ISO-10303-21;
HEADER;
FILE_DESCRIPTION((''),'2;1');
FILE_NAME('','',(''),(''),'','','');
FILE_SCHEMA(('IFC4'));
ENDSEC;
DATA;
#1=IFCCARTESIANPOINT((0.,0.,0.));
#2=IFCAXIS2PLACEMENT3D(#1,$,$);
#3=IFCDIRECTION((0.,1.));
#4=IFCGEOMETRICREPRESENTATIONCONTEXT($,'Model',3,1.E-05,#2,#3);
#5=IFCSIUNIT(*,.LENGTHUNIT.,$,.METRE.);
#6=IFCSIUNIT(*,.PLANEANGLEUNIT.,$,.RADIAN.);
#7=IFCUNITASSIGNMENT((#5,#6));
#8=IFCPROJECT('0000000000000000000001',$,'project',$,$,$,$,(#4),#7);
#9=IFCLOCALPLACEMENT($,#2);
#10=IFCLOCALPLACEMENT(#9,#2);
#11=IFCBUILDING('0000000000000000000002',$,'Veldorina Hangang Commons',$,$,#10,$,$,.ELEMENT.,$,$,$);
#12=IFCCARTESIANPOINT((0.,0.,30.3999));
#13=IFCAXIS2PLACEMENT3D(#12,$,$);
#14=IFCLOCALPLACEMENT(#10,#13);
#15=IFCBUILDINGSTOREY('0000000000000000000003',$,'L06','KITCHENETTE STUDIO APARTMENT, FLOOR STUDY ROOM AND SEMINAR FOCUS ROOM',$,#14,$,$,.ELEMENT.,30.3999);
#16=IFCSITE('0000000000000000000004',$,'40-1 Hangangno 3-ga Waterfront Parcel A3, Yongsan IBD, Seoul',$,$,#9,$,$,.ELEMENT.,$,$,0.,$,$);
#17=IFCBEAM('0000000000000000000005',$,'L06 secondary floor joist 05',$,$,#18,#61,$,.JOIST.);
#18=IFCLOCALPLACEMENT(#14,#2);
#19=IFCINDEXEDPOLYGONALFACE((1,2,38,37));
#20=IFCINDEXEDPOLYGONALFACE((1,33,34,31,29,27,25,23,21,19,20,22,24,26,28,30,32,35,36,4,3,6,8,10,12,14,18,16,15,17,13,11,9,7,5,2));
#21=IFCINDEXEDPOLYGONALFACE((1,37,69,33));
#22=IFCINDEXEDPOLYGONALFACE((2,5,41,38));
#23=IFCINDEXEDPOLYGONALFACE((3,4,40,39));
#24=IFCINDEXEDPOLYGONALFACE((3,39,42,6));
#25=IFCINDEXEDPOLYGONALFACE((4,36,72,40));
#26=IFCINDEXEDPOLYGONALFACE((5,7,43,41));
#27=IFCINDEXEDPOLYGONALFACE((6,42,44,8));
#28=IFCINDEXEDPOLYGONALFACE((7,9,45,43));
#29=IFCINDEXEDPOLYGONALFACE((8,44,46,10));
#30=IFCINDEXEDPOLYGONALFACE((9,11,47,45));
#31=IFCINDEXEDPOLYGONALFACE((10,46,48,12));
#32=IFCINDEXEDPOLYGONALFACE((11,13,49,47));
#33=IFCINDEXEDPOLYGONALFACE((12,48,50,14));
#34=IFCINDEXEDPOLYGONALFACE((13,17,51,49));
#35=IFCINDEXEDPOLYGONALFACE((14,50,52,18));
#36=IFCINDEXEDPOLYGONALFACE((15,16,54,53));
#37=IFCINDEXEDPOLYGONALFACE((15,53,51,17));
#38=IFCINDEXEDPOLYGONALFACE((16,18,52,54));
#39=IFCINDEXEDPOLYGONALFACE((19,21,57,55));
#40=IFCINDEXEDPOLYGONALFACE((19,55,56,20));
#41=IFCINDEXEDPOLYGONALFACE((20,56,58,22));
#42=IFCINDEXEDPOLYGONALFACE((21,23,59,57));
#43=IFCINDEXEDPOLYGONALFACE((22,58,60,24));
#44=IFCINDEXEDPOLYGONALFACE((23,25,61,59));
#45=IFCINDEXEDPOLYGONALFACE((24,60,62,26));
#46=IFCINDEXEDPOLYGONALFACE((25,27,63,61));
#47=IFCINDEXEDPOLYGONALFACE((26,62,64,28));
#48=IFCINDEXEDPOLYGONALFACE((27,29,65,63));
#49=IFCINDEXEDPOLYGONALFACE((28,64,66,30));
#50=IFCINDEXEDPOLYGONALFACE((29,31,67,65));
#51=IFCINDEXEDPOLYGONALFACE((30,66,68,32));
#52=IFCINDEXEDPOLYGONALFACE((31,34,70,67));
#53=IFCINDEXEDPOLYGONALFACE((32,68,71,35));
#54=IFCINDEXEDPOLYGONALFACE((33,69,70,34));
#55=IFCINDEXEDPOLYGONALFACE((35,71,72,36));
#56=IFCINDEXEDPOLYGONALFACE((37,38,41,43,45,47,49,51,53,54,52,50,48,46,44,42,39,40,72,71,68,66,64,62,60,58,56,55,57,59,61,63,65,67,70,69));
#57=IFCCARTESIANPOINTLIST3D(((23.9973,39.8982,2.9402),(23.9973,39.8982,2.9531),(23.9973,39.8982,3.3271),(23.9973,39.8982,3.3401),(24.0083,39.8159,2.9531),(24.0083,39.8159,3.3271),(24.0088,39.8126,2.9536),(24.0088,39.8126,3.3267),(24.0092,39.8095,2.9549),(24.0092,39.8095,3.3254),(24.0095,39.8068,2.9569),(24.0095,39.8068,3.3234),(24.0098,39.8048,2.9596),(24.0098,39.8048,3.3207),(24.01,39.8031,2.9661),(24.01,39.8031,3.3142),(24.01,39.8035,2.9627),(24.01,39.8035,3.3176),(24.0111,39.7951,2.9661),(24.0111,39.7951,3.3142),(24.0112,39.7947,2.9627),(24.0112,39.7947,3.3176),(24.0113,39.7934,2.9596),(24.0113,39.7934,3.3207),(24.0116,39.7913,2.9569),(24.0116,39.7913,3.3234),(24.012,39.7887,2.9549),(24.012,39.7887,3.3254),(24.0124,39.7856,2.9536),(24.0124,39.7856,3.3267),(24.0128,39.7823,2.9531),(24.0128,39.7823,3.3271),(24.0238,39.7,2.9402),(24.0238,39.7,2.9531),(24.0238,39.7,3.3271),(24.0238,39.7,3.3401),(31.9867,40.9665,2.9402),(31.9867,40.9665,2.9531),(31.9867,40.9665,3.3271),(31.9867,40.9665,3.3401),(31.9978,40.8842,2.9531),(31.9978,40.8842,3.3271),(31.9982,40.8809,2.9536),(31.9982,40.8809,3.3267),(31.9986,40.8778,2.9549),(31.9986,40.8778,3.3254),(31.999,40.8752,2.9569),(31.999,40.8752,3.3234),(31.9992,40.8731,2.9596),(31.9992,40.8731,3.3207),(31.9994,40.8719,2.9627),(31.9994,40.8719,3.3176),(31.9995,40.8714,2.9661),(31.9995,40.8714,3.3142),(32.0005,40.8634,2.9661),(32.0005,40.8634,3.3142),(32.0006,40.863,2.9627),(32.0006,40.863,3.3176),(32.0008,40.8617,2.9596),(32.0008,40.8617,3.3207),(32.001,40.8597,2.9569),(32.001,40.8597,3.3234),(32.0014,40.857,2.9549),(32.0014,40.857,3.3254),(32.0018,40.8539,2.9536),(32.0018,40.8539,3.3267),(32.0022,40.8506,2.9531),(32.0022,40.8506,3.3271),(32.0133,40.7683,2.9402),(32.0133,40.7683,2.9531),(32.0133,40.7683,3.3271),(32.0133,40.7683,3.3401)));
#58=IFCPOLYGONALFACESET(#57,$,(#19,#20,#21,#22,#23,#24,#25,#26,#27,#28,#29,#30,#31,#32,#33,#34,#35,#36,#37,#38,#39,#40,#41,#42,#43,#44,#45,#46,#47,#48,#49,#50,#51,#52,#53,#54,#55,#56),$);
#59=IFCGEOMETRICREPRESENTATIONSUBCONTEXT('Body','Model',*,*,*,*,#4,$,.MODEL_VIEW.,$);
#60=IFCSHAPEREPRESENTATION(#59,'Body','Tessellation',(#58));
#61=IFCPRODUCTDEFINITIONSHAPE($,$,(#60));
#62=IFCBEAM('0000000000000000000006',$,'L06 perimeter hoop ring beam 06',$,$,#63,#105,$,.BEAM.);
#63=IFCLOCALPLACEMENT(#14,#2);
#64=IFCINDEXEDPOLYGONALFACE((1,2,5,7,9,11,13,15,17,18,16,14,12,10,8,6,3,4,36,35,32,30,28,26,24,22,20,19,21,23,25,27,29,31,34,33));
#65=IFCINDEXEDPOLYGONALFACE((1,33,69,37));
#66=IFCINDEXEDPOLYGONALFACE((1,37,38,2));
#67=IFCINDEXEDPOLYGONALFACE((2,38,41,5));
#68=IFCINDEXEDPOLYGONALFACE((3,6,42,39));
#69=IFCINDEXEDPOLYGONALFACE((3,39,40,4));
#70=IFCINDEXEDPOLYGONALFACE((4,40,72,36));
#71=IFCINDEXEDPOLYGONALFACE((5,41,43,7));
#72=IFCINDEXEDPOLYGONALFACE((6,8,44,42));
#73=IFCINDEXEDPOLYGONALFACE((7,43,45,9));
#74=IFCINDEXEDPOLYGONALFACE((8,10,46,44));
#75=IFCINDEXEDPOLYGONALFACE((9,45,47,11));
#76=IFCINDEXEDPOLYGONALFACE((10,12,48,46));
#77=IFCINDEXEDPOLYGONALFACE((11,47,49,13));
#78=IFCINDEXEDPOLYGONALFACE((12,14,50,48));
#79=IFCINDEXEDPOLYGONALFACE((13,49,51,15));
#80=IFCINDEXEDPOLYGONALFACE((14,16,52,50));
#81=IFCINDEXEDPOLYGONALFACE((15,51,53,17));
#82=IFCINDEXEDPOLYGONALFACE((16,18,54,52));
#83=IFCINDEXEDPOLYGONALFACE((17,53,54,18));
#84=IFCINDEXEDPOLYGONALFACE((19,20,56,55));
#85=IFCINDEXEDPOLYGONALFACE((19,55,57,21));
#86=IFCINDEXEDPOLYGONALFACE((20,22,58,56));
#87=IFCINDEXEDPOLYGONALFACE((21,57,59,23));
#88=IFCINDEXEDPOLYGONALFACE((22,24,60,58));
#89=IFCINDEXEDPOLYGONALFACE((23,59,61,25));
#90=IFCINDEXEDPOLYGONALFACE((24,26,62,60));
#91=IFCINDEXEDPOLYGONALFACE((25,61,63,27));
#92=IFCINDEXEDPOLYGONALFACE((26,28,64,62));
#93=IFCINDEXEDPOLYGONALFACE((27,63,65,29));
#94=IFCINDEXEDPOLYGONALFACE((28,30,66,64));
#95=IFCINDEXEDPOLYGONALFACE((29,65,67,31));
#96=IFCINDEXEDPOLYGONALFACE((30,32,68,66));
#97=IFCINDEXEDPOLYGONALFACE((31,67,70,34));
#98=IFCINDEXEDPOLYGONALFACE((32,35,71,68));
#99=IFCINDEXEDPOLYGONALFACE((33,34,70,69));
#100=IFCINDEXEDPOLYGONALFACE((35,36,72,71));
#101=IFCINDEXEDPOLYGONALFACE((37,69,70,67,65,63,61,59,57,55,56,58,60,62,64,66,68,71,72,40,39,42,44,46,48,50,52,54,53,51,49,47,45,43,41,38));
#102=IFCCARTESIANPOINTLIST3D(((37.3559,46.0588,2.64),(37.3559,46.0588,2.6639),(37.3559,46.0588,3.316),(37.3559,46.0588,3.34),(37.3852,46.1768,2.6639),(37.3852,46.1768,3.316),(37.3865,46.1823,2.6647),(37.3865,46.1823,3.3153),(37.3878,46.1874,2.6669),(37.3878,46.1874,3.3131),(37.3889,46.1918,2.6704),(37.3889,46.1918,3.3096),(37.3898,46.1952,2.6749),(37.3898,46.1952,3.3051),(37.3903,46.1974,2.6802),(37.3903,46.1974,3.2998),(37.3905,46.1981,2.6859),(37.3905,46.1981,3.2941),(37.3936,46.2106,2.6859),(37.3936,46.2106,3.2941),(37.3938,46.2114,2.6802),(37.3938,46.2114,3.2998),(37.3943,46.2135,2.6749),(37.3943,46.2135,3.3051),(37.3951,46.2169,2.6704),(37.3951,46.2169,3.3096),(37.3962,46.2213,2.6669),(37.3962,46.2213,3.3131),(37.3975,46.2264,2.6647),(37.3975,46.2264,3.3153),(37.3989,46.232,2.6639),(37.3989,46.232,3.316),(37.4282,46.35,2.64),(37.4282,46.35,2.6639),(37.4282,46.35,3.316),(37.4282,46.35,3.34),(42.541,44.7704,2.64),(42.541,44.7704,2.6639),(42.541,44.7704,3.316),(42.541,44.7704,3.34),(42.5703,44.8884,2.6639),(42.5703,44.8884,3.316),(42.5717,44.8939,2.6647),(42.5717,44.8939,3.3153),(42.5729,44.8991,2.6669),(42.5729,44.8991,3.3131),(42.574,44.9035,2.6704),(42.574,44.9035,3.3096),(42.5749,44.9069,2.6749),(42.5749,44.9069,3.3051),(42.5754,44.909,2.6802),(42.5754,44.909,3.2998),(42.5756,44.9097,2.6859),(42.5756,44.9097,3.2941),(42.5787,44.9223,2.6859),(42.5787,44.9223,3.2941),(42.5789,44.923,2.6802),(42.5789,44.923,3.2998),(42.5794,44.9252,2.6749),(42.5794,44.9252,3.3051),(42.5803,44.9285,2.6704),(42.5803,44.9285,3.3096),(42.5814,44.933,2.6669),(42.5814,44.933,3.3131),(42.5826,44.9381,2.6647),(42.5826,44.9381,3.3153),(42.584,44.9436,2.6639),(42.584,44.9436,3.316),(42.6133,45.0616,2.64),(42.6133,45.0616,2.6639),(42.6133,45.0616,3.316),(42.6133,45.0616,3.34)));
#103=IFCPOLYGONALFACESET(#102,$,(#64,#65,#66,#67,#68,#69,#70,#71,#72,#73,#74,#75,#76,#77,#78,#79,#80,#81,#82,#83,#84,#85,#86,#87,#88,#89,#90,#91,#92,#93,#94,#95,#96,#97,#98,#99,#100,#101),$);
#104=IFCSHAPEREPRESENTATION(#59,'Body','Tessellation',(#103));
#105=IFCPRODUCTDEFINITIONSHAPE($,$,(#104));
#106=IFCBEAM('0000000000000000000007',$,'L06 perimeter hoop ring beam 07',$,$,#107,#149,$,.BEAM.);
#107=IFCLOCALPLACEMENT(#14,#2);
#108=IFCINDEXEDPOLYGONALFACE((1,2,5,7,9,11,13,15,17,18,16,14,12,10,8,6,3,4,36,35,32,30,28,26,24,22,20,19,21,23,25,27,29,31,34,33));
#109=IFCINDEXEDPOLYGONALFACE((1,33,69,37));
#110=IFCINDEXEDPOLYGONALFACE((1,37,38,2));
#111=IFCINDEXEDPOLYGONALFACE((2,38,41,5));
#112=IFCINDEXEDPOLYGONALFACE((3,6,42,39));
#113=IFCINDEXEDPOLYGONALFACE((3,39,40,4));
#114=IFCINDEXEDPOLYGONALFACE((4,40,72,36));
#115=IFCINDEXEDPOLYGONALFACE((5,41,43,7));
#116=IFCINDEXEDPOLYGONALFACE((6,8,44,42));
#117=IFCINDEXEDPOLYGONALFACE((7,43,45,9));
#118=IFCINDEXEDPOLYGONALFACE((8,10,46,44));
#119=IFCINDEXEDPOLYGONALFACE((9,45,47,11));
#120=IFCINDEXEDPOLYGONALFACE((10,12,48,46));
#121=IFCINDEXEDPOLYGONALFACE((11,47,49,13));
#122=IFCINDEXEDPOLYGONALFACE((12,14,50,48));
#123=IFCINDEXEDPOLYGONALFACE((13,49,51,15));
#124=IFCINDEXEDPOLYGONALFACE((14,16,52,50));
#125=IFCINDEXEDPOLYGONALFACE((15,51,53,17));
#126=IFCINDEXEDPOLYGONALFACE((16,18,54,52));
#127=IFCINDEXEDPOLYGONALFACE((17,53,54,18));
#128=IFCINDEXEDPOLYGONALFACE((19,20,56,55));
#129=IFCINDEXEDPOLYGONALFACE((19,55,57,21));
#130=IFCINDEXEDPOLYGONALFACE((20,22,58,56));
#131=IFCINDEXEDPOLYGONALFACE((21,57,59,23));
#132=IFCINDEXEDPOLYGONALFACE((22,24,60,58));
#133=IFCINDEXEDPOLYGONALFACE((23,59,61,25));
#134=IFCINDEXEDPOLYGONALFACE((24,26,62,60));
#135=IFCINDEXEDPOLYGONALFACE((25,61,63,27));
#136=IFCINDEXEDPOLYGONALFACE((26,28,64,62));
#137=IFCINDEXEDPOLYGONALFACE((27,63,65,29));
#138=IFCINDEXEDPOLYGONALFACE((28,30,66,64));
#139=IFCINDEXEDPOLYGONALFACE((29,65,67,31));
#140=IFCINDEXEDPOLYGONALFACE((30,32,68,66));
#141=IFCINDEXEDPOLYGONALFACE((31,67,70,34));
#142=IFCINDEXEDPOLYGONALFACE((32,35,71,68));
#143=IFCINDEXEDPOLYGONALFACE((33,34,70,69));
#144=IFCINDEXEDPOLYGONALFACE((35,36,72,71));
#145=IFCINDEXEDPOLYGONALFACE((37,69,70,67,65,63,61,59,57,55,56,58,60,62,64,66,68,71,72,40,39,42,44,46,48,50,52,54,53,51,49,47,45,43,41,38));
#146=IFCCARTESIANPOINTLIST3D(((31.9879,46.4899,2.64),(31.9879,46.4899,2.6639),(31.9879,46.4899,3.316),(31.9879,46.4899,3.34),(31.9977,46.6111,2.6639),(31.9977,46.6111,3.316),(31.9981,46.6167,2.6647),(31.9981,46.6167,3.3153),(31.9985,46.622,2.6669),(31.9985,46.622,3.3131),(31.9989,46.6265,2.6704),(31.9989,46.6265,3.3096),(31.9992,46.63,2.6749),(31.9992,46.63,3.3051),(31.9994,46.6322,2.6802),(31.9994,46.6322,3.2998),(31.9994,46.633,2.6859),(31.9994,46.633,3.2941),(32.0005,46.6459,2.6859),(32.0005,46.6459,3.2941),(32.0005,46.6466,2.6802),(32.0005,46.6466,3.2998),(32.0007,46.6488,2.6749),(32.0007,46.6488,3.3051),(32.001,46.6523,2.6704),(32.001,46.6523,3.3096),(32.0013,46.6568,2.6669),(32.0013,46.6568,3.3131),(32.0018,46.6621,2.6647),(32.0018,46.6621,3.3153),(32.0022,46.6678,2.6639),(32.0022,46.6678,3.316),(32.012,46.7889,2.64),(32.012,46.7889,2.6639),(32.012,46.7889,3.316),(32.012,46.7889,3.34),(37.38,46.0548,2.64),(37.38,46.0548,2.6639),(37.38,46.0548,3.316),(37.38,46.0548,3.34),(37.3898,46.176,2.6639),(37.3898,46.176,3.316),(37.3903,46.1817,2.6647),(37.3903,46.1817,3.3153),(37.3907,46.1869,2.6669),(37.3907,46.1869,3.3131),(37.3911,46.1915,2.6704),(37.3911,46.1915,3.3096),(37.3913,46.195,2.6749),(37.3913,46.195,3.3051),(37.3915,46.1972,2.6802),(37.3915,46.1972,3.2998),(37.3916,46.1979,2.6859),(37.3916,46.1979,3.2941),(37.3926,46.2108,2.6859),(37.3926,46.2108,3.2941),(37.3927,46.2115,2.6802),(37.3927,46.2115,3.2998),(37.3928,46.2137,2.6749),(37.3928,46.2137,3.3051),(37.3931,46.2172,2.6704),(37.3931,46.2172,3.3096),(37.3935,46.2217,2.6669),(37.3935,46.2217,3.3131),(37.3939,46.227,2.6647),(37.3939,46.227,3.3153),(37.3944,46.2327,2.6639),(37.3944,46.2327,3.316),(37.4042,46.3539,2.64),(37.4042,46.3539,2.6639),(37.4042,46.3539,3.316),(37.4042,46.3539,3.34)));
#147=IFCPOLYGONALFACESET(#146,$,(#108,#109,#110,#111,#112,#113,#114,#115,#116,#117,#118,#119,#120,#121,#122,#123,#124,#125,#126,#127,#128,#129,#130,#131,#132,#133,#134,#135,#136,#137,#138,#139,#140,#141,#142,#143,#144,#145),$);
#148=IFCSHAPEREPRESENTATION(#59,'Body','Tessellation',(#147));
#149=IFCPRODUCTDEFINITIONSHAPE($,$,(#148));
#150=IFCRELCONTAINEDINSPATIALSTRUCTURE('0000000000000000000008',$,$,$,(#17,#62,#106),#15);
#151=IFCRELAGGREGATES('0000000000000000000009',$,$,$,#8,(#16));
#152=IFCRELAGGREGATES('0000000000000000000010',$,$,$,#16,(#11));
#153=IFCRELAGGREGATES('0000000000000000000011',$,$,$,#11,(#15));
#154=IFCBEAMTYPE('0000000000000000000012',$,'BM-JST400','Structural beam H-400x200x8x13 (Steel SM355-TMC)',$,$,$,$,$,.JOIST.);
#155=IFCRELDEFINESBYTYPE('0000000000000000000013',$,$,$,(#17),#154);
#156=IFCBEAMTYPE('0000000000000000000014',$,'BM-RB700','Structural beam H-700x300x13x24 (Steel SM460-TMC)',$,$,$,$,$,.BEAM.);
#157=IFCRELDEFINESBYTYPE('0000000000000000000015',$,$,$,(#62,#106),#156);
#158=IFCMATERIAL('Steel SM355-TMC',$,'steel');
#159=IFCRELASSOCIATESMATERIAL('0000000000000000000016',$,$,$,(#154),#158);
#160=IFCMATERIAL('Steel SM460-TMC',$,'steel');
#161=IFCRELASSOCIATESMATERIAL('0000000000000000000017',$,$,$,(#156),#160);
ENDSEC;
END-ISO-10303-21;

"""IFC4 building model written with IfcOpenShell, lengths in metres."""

from ifc_helpers import new_model, si_unit, direction, frame, origin, origin_2d, place, context, subcontext, project, spatial, i_section, extrude, material, material_profile, profile_set, type_object, element, save


model = new_model("IFC4")

# Units and contexts
model_context = context("Model", 3, precision=1e-05, world=origin(), true_north=direction((0.0, 1.0)))
body_context = subcontext(model_context, "Body", "Model", "MODEL_VIEW")
ifc_project = project(units=[si_unit("LENGTHUNIT", "METRE"), si_unit("PLANEANGLEUNIT", "RADIAN")], contexts=[model_context])

# Site, building, storey
site_placement = place(None, origin())
site = spatial("IfcSite", under=ifc_project, at=site_placement, Name="40-1 Hangangno 3-ga Waterfront Parcel A3, Yongsan IBD, Seoul", CompositionType="ELEMENT", RefElevation=0.0)
building_placement = place(site_placement, origin())
building = spatial("IfcBuilding", under=site, at=building_placement, Name="Veldorina Hangang Commons", CompositionType="ELEMENT")
storey_placement = place(building_placement, frame((0.0, 0.0, 30.3999)))
storey = spatial("IfcBuildingStorey", under=building, at=storey_placement, Name="L06", Description="KITCHENETTE STUDIO APARTMENT, FLOOR STUDY ROOM AND SEMINAR FOCUS ROOM", CompositionType="ELEMENT", Elevation=30.3999)

# Beams
ifc_material_1 = material(Name="Steel SM355-TMC", Category="steel")
ifc_material_profile_1 = material_profile(ifc_material_1, i_section(OverallWidth=0.2, OverallDepth=0.3999, WebThickness=0.0081, FlangeThickness=0.0129, FilletRadius=0.0129, at=origin_2d()), Name="H-400x200x8x13")
ifc_profile_set_1 = profile_set([ifc_material_profile_1], Name="Steel SM355-TMC")
beam_type_1 = type_object("IfcBeamType", Name="BM-JST400", Description="Structural beam H-400x200x8x13 (Steel SM355-TMC)", PredefinedType="JOIST", material=ifc_profile_set_1)
beam_1_placement = place(storey_placement, frame((32.0, 40.8674, 3.1401), z_axis=(-0.991178, -0.132541, 0.0), x_axis=(0.132541, -0.991178, 0.0)))
element("IfcBeam", 1, at=beam_1_placement, inside=storey, type_object=beam_type_1, Name="L06 secondary floor joist 05", PredefinedType="JOIST", context=body_context, shape_type="SweptSolid", body=[
    extrude(i_section(OverallWidth=0.2, OverallDepth=0.3999, WebThickness=0.0081, FlangeThickness=0.0129, FilletRadius=0.0129, at=origin_2d()), origin(), (0.0, 0.0, 1.0), 8.0605),
])
ifc_material_2 = material(Name="Steel SM460-TMC", Category="steel")
ifc_material_profile_2 = material_profile(ifc_material_2, i_section(OverallWidth=0.3, OverallDepth=0.7, WebThickness=0.0129, FlangeThickness=0.0239, FilletRadius=0.022, at=origin_2d()), Name="H-700x300x13x24")
ifc_profile_set_2 = profile_set([ifc_material_profile_2], Name="Steel SM460-TMC")
beam_type_2 = type_object("IfcBeamType", Name="BM-RB700", Description="Structural beam H-700x300x13x24 (Steel SM460-TMC)", PredefinedType="BEAM", material=ifc_profile_set_2)
beam_2_placement = place(storey_placement, frame((42.5771, 44.916, 2.99), z_axis=(-0.970491, 0.241138, 0.0), x_axis=(-0.241138, -0.970491, 0.0)))
element("IfcBeam", 2, at=beam_2_placement, inside=storey, type_object=beam_type_2, Name="L06 perimeter hoop ring beam 06", PredefinedType="BEAM", context=body_context, shape_type="SweptSolid", body=[
    extrude(i_section(OverallWidth=0.3, OverallDepth=0.7, WebThickness=0.0129, FlangeThickness=0.0239, FilletRadius=0.022, at=origin_2d()), origin(), (0.0, 0.0, 1.0), 5.3428),
])
beam_3_placement = place(storey_placement, frame((37.3921, 46.2043, 2.99), z_axis=(-0.996761, 0.080423, 0.0), x_axis=(-0.080423, -0.996761, 0.0)))
element("IfcBeam", 3, at=beam_3_placement, inside=storey, type_object=beam_type_2, Name="L06 perimeter hoop ring beam 07", PredefinedType="BEAM", context=body_context, shape_type="SweptSolid", body=[
    extrude(i_section(OverallWidth=0.3, OverallDepth=0.7, WebThickness=0.0129, FlangeThickness=0.0239, FilletRadius=0.022, at=origin_2d()), origin(), (0.0, 0.0, 1.0), 5.4097),
])

save(model, "model.ifc")
